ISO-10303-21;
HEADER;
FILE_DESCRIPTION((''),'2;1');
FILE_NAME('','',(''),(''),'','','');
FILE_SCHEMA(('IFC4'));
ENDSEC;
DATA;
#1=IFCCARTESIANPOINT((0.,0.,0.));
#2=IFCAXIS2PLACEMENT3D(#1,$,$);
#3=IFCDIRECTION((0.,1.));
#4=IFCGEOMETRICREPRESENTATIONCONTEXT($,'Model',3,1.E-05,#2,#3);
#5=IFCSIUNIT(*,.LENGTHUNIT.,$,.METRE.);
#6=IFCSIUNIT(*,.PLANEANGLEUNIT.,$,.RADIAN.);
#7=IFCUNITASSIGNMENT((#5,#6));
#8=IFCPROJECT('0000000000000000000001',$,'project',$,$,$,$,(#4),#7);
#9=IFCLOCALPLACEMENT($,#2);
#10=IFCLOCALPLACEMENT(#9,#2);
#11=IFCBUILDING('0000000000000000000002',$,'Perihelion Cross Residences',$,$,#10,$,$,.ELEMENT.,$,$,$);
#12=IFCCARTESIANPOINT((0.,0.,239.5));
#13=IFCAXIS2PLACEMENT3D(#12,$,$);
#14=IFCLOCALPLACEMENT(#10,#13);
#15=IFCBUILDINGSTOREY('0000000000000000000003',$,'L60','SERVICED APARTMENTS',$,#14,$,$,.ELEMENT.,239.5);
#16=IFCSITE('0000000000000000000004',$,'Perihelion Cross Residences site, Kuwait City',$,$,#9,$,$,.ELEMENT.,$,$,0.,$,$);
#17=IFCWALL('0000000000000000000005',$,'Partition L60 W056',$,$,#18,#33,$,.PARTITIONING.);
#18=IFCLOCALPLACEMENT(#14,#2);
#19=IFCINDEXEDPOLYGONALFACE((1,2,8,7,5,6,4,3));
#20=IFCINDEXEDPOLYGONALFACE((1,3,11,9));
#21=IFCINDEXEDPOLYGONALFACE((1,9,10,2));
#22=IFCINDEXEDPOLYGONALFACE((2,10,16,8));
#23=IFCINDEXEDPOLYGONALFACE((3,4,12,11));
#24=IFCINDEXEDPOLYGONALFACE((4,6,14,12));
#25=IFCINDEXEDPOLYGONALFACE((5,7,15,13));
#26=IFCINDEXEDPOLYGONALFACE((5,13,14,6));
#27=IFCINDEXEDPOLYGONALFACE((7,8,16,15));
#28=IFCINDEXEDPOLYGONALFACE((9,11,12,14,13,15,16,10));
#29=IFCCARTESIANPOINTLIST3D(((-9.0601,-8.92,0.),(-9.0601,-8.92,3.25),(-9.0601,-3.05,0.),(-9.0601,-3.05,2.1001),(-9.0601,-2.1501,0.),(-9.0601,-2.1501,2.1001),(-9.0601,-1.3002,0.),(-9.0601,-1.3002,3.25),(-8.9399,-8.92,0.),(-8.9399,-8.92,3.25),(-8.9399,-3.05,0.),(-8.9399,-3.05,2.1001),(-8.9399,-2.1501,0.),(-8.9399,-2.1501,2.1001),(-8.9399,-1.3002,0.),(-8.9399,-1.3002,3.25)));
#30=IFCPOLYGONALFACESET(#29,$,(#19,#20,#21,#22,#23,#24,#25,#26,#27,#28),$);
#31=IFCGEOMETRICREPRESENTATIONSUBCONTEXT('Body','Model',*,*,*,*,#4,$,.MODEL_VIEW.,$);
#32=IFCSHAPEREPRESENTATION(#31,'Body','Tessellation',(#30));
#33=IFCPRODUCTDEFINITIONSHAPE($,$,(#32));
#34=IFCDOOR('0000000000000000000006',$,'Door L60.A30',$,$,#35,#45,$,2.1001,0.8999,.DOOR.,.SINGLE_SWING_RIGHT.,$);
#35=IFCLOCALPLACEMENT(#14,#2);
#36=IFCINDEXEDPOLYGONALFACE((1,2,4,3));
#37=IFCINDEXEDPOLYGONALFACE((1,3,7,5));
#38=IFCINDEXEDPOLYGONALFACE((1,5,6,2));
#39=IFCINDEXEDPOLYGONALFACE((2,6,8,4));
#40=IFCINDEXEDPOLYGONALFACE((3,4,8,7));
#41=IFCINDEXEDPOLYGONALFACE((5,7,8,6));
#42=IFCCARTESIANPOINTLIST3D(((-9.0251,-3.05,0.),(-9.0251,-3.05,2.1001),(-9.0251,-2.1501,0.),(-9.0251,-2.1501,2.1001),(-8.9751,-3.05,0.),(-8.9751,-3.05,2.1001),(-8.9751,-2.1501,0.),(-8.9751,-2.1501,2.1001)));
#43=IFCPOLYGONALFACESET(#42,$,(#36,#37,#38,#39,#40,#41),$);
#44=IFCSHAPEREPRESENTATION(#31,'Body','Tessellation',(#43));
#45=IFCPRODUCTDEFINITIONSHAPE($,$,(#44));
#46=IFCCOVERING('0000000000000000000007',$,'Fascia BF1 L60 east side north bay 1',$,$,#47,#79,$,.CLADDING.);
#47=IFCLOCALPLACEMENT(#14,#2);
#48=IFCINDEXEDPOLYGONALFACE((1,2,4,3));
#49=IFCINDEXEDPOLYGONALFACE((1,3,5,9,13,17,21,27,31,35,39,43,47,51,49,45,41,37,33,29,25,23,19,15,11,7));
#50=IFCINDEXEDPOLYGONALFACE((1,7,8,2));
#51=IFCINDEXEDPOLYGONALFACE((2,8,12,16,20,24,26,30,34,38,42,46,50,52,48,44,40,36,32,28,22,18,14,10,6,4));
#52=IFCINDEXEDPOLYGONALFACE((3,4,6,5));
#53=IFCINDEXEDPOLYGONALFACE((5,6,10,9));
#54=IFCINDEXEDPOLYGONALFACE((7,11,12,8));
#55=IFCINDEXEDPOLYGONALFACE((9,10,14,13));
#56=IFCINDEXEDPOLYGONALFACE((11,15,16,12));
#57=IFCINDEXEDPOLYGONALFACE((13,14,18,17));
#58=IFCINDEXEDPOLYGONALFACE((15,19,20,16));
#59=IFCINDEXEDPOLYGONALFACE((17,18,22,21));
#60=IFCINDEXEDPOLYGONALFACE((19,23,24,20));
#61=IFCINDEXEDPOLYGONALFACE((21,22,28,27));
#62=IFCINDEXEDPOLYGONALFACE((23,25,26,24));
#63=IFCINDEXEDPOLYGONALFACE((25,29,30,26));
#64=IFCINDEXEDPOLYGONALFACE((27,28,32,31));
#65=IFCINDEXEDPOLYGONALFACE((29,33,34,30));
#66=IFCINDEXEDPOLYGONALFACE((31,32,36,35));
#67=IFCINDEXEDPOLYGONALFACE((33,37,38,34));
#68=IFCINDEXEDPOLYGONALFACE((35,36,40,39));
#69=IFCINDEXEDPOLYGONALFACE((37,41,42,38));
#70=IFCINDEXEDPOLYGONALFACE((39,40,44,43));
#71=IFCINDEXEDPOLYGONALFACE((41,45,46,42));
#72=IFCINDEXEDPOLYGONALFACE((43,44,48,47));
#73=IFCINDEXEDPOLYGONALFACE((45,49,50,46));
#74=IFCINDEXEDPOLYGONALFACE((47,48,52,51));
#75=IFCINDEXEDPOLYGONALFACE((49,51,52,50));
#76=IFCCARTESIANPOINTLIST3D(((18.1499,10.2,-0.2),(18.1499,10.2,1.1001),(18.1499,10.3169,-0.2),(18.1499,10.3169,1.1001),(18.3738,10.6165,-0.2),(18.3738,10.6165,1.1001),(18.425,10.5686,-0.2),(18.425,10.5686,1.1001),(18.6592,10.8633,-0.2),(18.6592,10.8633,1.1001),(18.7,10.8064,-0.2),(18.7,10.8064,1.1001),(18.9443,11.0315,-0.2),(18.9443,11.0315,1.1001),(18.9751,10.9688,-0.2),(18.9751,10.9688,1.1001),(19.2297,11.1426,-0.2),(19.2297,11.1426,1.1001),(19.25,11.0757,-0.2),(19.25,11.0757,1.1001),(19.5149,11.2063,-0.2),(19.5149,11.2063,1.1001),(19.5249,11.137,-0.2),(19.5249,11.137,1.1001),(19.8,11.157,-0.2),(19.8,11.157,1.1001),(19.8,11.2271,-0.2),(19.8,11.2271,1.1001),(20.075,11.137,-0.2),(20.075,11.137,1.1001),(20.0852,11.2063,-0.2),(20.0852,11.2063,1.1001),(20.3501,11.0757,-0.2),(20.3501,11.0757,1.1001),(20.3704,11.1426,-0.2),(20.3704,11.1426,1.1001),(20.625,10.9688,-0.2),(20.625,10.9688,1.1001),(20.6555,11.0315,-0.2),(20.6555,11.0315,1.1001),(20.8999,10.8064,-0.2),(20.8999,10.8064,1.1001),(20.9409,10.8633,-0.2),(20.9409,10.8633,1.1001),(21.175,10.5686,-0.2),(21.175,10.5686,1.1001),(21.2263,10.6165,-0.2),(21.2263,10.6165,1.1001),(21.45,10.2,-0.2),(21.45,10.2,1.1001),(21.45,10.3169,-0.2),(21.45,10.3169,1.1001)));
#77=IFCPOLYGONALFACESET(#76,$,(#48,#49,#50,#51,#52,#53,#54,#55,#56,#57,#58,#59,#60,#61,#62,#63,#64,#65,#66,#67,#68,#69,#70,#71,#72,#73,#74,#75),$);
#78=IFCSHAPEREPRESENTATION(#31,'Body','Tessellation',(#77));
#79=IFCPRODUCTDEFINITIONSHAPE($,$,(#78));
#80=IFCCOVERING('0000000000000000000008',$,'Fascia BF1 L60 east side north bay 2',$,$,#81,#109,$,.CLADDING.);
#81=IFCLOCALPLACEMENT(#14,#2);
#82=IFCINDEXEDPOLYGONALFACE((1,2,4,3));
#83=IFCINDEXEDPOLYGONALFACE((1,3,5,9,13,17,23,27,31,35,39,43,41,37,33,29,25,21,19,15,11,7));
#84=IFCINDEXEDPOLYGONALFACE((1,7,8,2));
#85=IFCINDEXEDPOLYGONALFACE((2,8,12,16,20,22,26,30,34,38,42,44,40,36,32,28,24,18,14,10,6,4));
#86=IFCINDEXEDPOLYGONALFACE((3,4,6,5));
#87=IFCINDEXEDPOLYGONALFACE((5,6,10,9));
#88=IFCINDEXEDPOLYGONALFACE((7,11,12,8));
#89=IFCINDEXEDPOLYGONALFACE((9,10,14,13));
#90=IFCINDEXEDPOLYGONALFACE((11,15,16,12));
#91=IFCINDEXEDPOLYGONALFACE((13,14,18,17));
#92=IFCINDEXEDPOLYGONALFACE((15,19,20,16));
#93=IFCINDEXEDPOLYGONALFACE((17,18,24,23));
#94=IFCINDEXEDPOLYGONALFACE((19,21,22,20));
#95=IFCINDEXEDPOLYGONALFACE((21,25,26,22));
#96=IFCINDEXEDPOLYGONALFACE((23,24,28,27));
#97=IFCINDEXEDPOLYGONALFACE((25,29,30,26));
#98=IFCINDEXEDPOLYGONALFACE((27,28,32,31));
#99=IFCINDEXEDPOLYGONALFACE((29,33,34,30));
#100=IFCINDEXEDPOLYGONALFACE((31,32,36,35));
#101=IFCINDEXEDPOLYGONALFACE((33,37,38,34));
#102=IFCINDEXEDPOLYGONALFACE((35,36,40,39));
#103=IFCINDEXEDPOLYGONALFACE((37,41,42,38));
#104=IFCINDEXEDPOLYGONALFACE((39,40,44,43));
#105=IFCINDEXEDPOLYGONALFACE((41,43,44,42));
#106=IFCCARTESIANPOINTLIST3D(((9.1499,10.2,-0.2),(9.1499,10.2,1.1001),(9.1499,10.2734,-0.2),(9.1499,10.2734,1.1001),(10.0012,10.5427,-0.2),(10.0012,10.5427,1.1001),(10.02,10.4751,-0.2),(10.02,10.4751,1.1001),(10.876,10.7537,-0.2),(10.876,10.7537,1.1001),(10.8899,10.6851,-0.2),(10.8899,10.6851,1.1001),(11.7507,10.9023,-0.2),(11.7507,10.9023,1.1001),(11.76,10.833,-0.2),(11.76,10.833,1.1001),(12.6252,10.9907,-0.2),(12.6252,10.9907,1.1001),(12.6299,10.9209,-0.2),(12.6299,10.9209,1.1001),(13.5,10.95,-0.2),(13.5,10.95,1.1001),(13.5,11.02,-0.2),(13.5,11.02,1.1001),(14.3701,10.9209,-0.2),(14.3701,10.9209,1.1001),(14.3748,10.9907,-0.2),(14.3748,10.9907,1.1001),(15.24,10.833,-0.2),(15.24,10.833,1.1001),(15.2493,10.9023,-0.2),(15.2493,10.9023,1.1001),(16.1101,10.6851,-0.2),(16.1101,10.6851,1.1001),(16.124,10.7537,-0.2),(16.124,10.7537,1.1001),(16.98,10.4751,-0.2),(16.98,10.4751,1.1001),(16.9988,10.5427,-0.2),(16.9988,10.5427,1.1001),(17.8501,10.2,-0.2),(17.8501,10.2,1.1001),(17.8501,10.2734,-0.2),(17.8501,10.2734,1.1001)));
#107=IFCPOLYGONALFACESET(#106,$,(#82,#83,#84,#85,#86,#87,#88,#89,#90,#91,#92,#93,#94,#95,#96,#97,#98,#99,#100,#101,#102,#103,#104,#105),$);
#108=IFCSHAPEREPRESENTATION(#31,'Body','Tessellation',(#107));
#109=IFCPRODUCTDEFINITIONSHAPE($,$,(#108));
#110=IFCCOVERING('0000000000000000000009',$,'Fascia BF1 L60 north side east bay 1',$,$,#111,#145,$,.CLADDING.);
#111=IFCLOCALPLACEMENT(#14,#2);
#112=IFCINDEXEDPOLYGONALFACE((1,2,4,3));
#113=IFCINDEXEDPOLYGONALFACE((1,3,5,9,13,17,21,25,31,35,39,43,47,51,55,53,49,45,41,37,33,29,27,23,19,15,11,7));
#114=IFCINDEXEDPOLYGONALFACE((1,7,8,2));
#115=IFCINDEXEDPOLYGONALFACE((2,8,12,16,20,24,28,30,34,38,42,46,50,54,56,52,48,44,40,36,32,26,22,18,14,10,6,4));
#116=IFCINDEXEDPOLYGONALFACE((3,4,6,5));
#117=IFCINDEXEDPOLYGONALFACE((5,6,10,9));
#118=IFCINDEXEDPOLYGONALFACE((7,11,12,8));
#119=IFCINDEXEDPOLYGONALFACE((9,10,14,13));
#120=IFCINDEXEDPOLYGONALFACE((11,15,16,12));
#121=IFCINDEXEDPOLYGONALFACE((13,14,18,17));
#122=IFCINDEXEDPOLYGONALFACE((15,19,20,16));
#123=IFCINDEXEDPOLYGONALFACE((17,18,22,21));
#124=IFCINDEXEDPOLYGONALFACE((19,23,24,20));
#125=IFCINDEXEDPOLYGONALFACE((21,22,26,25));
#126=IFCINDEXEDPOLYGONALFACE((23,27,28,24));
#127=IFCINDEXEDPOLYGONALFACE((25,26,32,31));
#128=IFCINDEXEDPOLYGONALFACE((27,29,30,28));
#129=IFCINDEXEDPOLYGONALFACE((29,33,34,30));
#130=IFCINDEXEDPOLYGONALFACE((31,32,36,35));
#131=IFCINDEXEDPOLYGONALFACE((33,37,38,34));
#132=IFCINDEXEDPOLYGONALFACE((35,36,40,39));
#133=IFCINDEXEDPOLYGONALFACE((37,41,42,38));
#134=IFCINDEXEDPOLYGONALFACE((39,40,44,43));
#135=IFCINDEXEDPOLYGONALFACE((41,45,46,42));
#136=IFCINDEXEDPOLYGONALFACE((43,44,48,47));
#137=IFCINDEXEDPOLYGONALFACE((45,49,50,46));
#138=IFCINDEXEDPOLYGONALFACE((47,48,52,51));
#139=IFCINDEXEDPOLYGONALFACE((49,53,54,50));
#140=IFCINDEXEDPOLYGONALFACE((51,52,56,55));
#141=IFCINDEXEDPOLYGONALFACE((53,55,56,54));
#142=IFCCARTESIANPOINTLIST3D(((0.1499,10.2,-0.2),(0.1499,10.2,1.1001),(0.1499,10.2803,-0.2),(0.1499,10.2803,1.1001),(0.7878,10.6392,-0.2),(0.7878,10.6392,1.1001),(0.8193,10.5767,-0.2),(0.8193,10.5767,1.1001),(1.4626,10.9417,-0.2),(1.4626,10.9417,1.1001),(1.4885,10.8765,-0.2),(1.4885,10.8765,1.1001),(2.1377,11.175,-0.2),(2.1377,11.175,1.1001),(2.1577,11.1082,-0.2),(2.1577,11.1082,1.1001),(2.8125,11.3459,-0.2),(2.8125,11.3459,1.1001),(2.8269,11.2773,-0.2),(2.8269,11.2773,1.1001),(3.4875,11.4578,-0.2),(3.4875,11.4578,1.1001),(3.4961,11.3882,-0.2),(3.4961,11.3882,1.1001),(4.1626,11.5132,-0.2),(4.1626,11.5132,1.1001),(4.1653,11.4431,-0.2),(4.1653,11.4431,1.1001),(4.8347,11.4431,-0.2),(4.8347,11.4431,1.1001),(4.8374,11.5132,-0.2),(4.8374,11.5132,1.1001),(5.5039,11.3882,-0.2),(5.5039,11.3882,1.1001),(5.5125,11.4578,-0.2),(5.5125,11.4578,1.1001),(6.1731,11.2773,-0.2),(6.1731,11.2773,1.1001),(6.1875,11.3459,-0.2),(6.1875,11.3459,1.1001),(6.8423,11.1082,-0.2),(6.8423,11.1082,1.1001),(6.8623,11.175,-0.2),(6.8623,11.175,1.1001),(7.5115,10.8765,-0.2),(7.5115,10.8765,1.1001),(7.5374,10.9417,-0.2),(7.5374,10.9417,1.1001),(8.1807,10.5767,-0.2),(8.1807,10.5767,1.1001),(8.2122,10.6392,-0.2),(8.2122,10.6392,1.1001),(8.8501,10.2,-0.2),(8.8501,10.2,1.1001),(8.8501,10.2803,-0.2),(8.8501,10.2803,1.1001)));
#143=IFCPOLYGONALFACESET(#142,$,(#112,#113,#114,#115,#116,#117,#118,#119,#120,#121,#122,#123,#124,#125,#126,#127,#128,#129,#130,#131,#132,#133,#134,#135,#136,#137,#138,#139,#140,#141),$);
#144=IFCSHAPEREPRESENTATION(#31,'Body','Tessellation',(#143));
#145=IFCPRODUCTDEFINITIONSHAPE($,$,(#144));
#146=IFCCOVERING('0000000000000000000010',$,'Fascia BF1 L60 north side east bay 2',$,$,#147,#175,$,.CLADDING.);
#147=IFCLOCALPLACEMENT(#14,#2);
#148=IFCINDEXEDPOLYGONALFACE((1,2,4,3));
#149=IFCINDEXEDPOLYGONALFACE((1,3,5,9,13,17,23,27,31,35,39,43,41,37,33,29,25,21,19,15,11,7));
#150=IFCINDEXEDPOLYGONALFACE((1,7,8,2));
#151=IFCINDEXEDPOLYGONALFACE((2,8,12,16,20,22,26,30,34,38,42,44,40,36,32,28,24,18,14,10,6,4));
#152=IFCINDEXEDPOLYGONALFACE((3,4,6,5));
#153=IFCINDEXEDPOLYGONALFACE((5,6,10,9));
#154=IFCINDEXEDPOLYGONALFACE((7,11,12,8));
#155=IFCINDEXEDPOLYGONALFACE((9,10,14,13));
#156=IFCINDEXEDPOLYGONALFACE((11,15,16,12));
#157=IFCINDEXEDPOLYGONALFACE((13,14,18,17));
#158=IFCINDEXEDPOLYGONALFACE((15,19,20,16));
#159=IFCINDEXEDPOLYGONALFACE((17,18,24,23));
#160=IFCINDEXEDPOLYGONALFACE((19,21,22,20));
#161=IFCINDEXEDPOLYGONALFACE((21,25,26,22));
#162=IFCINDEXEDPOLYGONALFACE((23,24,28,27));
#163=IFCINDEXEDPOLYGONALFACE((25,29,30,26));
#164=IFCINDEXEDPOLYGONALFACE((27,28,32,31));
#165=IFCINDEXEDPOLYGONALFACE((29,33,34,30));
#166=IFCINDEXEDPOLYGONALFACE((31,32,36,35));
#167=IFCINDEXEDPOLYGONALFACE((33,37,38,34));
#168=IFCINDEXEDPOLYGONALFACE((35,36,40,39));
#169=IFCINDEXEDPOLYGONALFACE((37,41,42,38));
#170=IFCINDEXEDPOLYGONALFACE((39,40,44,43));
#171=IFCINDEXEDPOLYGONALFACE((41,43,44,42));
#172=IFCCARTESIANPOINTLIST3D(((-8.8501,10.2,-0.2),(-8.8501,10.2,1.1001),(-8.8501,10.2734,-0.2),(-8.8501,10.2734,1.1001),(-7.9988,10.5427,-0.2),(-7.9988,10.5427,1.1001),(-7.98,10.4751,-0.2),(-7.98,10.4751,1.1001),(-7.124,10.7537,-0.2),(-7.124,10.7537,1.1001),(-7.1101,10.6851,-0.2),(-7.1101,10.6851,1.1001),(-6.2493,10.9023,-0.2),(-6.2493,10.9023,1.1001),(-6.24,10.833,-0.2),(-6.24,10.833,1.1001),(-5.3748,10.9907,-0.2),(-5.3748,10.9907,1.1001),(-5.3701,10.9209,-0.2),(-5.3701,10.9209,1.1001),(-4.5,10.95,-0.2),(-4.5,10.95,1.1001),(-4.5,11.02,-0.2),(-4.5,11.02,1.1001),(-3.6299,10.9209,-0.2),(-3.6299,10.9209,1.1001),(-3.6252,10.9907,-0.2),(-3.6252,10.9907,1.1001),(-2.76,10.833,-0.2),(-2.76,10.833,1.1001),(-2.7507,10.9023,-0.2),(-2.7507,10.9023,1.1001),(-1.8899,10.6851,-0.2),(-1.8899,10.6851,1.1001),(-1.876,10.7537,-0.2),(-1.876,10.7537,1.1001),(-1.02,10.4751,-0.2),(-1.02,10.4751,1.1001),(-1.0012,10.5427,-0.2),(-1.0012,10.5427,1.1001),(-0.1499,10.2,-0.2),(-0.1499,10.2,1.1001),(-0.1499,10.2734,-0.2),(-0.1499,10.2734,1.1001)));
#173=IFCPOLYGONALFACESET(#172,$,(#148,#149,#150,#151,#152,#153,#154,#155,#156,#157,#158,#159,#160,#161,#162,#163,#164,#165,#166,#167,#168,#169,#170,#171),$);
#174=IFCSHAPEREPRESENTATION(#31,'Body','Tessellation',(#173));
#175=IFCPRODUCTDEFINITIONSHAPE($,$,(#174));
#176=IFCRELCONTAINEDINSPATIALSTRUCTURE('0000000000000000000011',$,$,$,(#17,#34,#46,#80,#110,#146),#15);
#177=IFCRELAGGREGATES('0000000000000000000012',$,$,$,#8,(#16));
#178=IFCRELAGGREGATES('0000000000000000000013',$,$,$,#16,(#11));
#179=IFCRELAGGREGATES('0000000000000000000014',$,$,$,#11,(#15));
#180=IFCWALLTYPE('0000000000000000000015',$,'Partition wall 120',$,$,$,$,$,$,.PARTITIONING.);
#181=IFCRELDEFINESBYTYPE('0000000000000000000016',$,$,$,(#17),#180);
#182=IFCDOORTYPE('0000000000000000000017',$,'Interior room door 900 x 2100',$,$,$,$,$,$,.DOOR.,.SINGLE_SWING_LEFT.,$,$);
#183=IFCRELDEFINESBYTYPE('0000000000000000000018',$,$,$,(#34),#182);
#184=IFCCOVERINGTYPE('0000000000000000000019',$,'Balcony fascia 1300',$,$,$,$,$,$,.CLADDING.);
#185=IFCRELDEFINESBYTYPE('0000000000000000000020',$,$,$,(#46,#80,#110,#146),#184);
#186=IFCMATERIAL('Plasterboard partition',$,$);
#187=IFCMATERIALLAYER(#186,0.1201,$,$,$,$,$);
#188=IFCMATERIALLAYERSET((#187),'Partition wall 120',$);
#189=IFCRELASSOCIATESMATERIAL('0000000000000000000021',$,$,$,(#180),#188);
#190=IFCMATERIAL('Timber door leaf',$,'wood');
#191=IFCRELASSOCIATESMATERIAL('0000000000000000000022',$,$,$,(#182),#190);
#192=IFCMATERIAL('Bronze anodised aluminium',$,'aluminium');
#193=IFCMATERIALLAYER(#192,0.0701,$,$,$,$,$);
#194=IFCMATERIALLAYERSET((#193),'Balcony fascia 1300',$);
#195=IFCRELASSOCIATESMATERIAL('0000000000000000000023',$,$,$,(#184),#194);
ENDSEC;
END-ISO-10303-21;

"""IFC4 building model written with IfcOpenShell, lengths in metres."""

from ifc_helpers import new_model, si_unit, direction, frame, frame_2d, origin, place, context, subcontext, project, spatial, polyline, rectangle, outline, extrude, material, layer, layer_set, type_object, element, fill, save


model = new_model("IFC4")

# Units and contexts
model_context = context("Model", 3, precision=1e-05, world=origin(), true_north=direction((0.0, 1.0)))
body_context = subcontext(model_context, "Body", "Model", "MODEL_VIEW")
ifc_project = project(units=[si_unit("LENGTHUNIT", "METRE"), si_unit("PLANEANGLEUNIT", "RADIAN")], contexts=[model_context])

# Site, building, storey
site_placement = place(None, origin())
site = spatial("IfcSite", under=ifc_project, at=site_placement, Name="Perihelion Cross Residences site, Kuwait City", CompositionType="ELEMENT", RefElevation=0.0)
building_placement = place(site_placement, origin())
building = spatial("IfcBuilding", under=site, at=building_placement, Name="Perihelion Cross Residences", CompositionType="ELEMENT")
storey_placement = place(building_placement, frame((0.0, 0.0, 239.5)))
storey = spatial("IfcBuildingStorey", under=building, at=storey_placement, Name="L60", Description="SERVICED APARTMENTS", CompositionType="ELEMENT", Elevation=239.5)

# Shared definitions
ifc_material_1 = material(Name="Plasterboard partition")
ifc_layer_1 = layer(ifc_material_1, 0.1201)
ifc_layer_set_1 = layer_set([ifc_layer_1], Name="Partition wall 120")
wall_type_1 = type_object("IfcWallType", Name="Partition wall 120", PredefinedType="PARTITIONING", material=ifc_layer_set_1)

# Wall, opening, door
wall_1_placement = place(storey_placement, frame((-9.0, -1.3, 0.0), z_axis=(0.0, 0.0, 1.0), x_axis=(0.0, -1.0, 0.0)))
wall_1 = element("IfcWall", 1, at=wall_1_placement, inside=storey, type_object=wall_type_1, Name="Partition L60 W056", PredefinedType="PARTITIONING", context=body_context, shape_type="SweptSolid", body=[
    extrude(rectangle(XDim=7.6199, YDim=0.1201, at=frame_2d((3.8101, 0.0))), origin(), (0.0, 0.0, 1.0), 3.25),
])
opening_1_placement = place(wall_1_placement, frame((0.8501, 0.0, 0.0)))
opening_1 = element("IfcOpeningElement", 2, at=opening_1_placement, cuts=wall_1, PredefinedType="OPENING", context=body_context, shape_type="SweptSolid", body=[
    extrude(rectangle(XDim=0.8999, YDim=2.1001, at=frame_2d((0.45, 1.05))), frame((0.0, 0.0701, 0.0), z_axis=(0.0, -1.0, 0.0), x_axis=(1.0, 0.0, 0.0)), (0.0, 0.0, 1.0), 0.1401),
])
ifc_material_2 = material(Name="Timber door leaf", Category="wood")
door_type_1 = type_object("IfcDoorType", Name="Interior room door 900 x 2100", OperationType="SINGLE_SWING_LEFT", PredefinedType="DOOR", material=ifc_material_2)
door_1_placement = place(opening_1_placement, origin())
door_1 = element("IfcDoor", 3, at=door_1_placement, inside=storey, type_object=door_type_1, Name="Door L60.A30", OperationType="SINGLE_SWING_RIGHT", OverallHeight=2.1001, OverallWidth=0.8999, PredefinedType="DOOR", context=body_context, shape_type="SweptSolid", body=[
    extrude(rectangle(XDim=0.8999, YDim=2.1001, at=frame_2d((0.45, 1.05))), frame((0.0, 0.0249, 0.0), z_axis=(0.0, -1.0, 0.0), x_axis=(1.0, 0.0, 0.0)), (0.0, 0.0, 1.0), 0.05),
])
fill(opening_1, door_1)

# Coverings
ifc_material_3 = material(Name="Bronze anodised aluminium", Category="aluminium")
ifc_layer_2 = layer(ifc_material_3, 0.0701)
ifc_layer_set_2 = layer_set([ifc_layer_2], Name="Balcony fascia 1300")
covering_type = type_object("IfcCoveringType", Name="Balcony fascia 1300", PredefinedType="CLADDING", material=ifc_layer_set_2)
covering_1_placement = place(storey_placement, frame((0.0, 0.0, -0.2)))
element("IfcCovering", 4, at=covering_1_placement, inside=storey, type_object=covering_type, Name="Fascia BF1 L60 east side north bay 1", PredefinedType="CLADDING", context=body_context, shape_type="SweptSolid", body=[
    extrude(outline(polyline([(21.2263, 10.6165), (20.9409, 10.8633), (20.6555, 11.0315), (20.3704, 11.1426), (20.0852, 11.2063), (19.8, 11.2271), (19.5149, 11.2063), (19.2297, 11.1426), (18.9443, 11.0315), (18.6592, 10.8633), (18.3738, 10.6165), (18.1499, 10.3169), (18.1499, 10.2), (18.425, 10.5686), (18.7, 10.8064), (18.9751, 10.9688), (19.25, 11.0757), (19.5249, 11.137), (19.8, 11.157), (20.075, 11.137), (20.3501, 11.0757), (20.625, 10.9688), (20.8999, 10.8064), (21.175, 10.5686), (21.45, 10.2), (21.45, 10.3169), (21.2263, 10.6165)])), origin(), (0.0, 0.0, 1.0), 1.3),
])
covering_2_placement = place(storey_placement, frame((0.0, 0.0, -0.2)))
element("IfcCovering", 5, at=covering_2_placement, inside=storey, type_object=covering_type, Name="Fascia BF1 L60 east side north bay 2", PredefinedType="CLADDING", context=body_context, shape_type="SweptSolid", body=[
    extrude(outline(polyline([(16.9988, 10.5427), (16.124, 10.7537), (15.2493, 10.9023), (14.3748, 10.9907), (13.5, 11.02), (12.6252, 10.9907), (11.7507, 10.9023), (10.876, 10.7537), (10.0012, 10.5427), (9.1499, 10.2734), (9.1499, 10.2), (10.02, 10.4751), (10.8899, 10.6851), (11.76, 10.833), (12.6299, 10.9209), (13.5, 10.95), (14.3701, 10.9209), (15.24, 10.833), (16.1101, 10.6851), (16.98, 10.4751), (17.8501, 10.2), (17.8501, 10.2734), (16.9988, 10.5427)])), origin(), (0.0, 0.0, 1.0), 1.3),
])
covering_3_placement = place(storey_placement, frame((0.0, 0.0, -0.2)))
element("IfcCovering", 6, at=covering_3_placement, inside=storey, type_object=covering_type, Name="Fascia BF1 L60 north side east bay 1", PredefinedType="CLADDING", context=body_context, shape_type="SweptSolid", body=[
    extrude(outline(polyline([(8.2122, 10.6392), (7.5374, 10.9417), (6.8623, 11.175), (6.1875, 11.3459), (5.5125, 11.4578), (4.8374, 11.5132), (4.1626, 11.5132), (3.4875, 11.4578), (2.8125, 11.3459), (2.1377, 11.175), (1.4626, 10.9417), (0.7878, 10.6392), (0.1499, 10.2803), (0.1499, 10.2), (0.8193, 10.5767), (1.4885, 10.8765), (2.1577, 11.1082), (2.8269, 11.2773), (3.4961, 11.3882), (4.1653, 11.4431), (4.8347, 11.4431), (5.5039, 11.3882), (6.1731, 11.2773), (6.8423, 11.1082), (7.5115, 10.8765), (8.1807, 10.5767), (8.8501, 10.2), (8.8501, 10.2803), (8.2122, 10.6392)])), origin(), (0.0, 0.0, 1.0), 1.3),
])
covering_4_placement = place(storey_placement, frame((0.0, 0.0, -0.2)))
element("IfcCovering", 7, at=covering_4_placement, inside=storey, type_object=covering_type, Name="Fascia BF1 L60 north side east bay 2", PredefinedType="CLADDING", context=body_context, shape_type="SweptSolid", body=[
    extrude(outline(polyline([(-1.0012, 10.5427), (-1.876, 10.7537), (-2.7507, 10.9023), (-3.6252, 10.9907), (-4.5, 11.02), (-5.3748, 10.9907), (-6.2493, 10.9023), (-7.124, 10.7537), (-7.9988, 10.5427), (-8.8501, 10.2734), (-8.8501, 10.2), (-7.98, 10.4751), (-7.1101, 10.6851), (-6.24, 10.833), (-5.3701, 10.9209), (-4.5, 10.95), (-3.6299, 10.9209), (-2.76, 10.833), (-1.8899, 10.6851), (-1.02, 10.4751), (-0.1499, 10.2), (-0.1499, 10.2734), (-1.0012, 10.5427)])), origin(), (0.0, 0.0, 1.0), 1.3),
])

save(model, "model.ifc")
